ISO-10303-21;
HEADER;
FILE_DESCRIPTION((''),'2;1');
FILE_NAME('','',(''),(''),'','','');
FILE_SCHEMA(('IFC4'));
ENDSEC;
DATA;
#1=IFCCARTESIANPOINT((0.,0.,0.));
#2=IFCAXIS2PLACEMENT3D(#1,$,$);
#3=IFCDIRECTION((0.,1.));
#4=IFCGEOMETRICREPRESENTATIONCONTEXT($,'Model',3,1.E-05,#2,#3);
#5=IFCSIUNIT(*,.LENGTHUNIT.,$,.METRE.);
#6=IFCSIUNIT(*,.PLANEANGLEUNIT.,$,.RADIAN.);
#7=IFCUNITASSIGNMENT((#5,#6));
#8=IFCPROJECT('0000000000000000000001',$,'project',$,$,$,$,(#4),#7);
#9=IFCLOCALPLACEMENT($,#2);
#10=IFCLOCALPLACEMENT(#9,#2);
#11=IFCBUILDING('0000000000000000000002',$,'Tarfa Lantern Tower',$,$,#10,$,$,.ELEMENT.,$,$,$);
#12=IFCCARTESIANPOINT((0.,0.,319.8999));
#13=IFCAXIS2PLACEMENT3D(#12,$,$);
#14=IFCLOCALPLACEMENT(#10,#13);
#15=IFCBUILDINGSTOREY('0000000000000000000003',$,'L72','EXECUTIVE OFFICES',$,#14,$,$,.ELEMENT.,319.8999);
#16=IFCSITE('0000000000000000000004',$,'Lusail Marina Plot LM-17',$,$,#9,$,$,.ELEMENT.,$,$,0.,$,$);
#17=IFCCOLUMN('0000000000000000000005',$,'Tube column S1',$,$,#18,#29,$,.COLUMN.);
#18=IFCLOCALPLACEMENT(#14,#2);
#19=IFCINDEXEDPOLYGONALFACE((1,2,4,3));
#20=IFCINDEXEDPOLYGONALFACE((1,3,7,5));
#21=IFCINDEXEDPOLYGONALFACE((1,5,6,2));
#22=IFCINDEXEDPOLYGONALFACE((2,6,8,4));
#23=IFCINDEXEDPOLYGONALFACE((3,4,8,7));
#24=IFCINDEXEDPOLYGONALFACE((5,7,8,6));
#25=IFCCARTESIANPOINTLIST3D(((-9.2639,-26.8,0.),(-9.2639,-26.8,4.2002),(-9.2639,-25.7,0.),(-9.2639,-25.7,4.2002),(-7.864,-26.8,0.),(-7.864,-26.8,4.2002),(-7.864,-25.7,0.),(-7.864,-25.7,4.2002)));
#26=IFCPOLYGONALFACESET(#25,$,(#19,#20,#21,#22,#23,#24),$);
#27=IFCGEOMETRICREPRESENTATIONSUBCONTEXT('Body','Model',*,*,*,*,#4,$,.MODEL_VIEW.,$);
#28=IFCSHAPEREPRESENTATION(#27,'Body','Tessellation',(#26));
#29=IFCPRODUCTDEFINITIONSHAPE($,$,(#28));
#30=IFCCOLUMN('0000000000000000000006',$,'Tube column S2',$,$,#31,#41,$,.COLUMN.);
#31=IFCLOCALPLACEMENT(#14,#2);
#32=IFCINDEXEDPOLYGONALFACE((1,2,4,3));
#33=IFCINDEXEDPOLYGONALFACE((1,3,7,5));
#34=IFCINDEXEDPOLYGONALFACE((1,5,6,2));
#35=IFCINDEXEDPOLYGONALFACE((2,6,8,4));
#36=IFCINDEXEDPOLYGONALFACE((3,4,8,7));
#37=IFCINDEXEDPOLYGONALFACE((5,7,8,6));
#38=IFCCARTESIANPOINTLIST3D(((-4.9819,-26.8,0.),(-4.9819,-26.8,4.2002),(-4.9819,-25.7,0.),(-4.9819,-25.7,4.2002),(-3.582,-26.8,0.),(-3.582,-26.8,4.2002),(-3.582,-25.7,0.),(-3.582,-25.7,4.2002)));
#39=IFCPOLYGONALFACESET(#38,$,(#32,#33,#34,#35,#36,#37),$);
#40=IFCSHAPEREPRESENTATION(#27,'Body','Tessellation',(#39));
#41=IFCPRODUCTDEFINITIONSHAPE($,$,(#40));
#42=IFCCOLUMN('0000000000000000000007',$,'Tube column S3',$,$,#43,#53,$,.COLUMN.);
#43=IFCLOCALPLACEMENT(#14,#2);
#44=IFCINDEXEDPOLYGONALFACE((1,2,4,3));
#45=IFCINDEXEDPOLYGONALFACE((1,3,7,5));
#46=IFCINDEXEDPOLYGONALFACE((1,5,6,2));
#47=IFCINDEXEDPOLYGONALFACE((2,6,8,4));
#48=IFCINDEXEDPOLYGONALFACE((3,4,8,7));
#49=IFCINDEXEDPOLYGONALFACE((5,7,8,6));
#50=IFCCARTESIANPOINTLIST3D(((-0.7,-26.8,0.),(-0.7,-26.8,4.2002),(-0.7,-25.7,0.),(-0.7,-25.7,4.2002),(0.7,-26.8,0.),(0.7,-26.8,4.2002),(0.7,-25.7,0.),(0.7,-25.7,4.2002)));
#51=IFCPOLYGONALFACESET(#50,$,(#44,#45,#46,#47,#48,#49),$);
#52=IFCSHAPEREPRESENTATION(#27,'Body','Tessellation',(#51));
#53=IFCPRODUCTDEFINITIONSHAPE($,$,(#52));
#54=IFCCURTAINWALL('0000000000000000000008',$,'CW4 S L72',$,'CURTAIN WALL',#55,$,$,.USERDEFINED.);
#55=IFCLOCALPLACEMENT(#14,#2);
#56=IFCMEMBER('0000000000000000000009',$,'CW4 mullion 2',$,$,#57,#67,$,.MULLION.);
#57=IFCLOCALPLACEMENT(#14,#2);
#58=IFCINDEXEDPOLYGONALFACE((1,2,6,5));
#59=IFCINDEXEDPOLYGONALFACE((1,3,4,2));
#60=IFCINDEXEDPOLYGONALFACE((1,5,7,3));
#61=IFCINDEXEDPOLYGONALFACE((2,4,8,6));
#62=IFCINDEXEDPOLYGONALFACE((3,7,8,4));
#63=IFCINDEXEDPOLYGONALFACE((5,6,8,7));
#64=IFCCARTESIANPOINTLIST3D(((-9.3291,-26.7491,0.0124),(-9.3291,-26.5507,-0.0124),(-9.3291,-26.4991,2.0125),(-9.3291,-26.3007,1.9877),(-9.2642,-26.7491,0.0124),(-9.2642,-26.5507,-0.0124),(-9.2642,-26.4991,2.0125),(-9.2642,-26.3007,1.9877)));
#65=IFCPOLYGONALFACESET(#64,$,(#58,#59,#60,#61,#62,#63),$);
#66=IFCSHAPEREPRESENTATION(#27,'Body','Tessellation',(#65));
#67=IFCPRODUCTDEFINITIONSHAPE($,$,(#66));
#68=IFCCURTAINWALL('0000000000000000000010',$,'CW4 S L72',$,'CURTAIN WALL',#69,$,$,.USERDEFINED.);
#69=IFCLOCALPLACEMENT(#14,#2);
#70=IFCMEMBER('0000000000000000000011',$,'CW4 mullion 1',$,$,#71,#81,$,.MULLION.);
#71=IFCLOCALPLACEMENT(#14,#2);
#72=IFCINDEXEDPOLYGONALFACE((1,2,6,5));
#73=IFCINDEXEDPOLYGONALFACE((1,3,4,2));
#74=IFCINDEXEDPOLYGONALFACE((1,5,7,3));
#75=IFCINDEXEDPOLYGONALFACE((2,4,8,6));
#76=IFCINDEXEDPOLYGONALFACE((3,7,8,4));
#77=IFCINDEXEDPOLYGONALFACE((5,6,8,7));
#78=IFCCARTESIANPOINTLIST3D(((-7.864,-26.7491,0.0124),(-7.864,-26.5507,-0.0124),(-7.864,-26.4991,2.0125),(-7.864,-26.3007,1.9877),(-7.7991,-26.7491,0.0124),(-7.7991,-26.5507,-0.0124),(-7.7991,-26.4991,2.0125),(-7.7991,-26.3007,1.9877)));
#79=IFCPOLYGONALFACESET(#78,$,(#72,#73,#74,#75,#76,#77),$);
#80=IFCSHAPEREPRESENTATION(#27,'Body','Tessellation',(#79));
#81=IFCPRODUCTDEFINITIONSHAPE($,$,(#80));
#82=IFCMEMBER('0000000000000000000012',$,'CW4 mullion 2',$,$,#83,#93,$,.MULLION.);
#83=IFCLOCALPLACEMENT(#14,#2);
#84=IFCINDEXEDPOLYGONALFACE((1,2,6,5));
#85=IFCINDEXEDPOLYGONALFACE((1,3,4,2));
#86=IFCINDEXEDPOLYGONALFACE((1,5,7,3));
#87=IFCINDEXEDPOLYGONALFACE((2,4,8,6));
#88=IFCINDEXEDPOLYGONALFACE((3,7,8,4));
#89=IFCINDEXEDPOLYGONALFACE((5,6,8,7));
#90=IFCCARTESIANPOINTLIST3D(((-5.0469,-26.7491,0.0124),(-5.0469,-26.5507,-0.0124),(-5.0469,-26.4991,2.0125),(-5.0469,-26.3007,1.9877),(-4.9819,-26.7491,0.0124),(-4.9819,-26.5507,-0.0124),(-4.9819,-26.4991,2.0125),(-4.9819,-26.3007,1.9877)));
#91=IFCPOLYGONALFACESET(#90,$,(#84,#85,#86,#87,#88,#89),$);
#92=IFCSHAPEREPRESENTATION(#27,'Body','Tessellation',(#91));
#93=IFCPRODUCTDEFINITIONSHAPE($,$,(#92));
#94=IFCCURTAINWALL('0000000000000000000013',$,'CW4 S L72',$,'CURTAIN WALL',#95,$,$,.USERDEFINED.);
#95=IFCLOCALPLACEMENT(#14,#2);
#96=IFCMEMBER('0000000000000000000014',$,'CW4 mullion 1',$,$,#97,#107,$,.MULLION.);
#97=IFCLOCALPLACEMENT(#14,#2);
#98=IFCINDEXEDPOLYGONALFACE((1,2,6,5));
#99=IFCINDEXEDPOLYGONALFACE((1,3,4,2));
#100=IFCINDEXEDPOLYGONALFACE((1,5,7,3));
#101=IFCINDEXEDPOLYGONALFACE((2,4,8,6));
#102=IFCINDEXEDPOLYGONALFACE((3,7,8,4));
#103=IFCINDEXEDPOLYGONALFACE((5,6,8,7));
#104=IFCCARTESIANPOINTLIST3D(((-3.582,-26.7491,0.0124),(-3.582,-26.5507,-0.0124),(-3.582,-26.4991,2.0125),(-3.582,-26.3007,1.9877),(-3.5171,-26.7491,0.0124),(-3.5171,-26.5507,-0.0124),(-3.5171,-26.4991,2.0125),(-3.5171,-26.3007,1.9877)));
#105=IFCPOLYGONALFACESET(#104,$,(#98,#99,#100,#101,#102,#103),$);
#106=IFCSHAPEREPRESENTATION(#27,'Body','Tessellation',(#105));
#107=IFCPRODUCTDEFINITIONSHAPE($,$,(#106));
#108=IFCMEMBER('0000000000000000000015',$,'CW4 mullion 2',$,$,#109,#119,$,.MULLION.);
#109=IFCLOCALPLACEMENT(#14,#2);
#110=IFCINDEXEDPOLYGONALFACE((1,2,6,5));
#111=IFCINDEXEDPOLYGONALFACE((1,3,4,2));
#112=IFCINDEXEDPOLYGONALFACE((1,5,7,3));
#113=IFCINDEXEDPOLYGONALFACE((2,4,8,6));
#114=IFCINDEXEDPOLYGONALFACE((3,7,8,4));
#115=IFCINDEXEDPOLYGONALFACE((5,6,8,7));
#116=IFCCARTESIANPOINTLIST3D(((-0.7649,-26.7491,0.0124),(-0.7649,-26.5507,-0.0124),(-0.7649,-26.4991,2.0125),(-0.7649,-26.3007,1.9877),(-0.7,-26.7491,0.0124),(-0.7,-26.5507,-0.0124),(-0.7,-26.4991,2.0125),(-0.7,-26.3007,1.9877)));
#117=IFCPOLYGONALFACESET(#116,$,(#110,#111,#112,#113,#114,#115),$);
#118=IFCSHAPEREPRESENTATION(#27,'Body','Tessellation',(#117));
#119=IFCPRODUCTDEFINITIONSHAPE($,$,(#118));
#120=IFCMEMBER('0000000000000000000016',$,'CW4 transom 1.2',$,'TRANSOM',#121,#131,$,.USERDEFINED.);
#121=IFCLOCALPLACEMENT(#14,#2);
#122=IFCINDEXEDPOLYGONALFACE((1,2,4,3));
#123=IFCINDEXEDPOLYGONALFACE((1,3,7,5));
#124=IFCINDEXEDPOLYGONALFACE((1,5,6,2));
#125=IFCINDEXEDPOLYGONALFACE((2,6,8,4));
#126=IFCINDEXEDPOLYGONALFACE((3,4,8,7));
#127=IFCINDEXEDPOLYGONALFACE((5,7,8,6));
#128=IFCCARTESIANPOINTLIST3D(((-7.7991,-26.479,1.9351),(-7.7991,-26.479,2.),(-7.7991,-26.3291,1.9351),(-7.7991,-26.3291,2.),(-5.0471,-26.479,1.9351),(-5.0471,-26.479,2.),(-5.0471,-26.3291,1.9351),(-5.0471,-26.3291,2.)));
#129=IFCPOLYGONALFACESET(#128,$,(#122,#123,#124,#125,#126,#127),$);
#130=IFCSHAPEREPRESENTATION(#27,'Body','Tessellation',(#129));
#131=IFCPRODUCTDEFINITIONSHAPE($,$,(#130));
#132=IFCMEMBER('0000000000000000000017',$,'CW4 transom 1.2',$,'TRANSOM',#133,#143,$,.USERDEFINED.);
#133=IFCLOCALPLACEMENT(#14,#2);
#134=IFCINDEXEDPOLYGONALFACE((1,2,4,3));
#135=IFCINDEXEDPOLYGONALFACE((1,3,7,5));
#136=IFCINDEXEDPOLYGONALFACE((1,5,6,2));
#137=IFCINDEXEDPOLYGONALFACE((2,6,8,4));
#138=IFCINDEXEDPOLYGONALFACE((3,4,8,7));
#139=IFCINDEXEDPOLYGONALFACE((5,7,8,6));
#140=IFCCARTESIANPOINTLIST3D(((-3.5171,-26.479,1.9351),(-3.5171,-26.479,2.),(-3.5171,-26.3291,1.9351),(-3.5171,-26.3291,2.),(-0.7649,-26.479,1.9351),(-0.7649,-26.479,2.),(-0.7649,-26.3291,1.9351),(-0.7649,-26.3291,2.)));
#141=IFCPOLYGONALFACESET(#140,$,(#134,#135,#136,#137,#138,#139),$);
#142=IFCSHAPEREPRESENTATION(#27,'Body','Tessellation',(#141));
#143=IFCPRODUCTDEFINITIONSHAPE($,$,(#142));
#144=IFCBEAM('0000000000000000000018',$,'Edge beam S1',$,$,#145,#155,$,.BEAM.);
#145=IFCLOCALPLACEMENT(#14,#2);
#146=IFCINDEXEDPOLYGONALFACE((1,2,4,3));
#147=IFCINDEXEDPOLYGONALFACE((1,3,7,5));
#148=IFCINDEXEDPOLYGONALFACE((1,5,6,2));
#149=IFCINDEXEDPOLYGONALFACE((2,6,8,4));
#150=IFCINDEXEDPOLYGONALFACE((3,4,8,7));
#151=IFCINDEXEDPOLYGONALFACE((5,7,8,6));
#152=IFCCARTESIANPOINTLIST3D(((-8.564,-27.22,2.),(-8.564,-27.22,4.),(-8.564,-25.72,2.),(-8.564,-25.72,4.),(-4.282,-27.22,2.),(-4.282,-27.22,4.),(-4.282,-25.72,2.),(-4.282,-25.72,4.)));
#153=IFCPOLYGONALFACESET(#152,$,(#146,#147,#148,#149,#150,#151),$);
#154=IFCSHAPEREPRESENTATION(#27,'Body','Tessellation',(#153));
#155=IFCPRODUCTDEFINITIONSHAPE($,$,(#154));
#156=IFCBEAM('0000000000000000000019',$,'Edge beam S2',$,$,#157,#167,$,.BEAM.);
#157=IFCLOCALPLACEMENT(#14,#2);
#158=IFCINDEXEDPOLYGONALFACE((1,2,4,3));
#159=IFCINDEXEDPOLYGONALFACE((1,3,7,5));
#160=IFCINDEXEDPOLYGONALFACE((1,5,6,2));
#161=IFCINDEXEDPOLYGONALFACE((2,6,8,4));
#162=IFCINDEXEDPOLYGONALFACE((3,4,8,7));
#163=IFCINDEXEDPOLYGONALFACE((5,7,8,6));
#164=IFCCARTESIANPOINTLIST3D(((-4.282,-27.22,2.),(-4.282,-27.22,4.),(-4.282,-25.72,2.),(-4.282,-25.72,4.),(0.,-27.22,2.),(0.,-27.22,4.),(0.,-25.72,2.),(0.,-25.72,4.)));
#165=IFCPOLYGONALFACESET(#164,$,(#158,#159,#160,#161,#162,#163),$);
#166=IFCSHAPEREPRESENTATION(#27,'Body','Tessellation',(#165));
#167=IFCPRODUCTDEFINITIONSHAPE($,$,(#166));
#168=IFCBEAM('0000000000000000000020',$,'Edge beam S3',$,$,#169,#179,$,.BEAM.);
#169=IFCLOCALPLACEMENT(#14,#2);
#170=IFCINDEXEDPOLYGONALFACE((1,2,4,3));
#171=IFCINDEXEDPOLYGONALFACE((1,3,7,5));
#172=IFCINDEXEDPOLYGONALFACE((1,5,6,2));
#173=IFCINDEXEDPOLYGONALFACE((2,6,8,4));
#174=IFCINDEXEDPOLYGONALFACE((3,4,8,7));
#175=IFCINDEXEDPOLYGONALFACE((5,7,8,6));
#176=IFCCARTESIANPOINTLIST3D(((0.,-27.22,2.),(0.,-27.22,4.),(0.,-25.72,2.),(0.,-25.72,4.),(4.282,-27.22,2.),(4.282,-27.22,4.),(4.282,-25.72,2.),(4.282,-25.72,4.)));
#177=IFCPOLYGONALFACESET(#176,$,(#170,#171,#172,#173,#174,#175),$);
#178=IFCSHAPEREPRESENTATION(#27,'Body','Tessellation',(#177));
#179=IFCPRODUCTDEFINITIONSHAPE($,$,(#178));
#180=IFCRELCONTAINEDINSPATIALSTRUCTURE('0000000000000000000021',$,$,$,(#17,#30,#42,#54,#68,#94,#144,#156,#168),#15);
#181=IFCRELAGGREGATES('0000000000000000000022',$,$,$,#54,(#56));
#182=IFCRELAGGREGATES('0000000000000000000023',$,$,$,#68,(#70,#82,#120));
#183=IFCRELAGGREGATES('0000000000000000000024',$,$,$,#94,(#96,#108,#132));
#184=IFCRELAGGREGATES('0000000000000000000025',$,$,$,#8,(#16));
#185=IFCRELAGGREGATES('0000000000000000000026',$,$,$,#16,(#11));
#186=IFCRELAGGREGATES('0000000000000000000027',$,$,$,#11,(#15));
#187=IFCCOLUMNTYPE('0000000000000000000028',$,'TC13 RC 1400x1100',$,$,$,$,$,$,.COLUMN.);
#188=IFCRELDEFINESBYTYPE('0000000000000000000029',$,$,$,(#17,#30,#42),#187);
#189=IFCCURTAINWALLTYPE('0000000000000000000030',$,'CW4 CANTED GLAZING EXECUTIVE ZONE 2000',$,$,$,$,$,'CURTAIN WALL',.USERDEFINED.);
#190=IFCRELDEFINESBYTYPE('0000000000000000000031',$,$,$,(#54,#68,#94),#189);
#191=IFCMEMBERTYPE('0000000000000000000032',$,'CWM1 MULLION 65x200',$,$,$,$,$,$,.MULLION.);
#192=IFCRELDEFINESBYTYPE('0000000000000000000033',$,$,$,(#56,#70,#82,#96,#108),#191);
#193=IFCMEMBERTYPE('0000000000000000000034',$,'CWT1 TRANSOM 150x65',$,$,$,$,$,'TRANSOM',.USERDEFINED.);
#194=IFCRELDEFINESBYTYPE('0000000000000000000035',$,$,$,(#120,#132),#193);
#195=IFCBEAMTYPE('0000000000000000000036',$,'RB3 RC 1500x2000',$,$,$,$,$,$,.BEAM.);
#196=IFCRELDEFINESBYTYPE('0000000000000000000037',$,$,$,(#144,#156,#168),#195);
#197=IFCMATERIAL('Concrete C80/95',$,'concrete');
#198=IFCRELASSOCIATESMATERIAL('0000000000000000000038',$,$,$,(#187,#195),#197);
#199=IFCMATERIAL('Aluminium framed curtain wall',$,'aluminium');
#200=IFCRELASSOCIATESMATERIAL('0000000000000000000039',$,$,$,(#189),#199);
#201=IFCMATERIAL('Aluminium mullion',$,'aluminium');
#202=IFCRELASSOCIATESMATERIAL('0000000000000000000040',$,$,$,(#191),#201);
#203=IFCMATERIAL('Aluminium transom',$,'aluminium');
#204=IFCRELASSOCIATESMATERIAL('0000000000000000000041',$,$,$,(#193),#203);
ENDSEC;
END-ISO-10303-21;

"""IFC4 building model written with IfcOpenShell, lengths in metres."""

from ifc_helpers import new_model, si_unit, direction, frame, origin, origin_2d, place, context, subcontext, project, spatial, rectangle, extrude, material, material_profile, profile_set, type_object, element, aggregate, save


model = new_model("IFC4")

# Units and contexts
model_context = context("Model", 3, precision=1e-05, world=origin(), true_north=direction((0.0, 1.0)))
body_context = subcontext(model_context, "Body", "Model", "MODEL_VIEW")
ifc_project = project(units=[si_unit("LENGTHUNIT", "METRE"), si_unit("PLANEANGLEUNIT", "RADIAN")], contexts=[model_context])

# Site, building, storey
site_placement = place(None, origin())
site = spatial("IfcSite", under=ifc_project, at=site_placement, Name="Lusail Marina Plot LM-17", CompositionType="ELEMENT", RefElevation=0.0)
building_placement = place(site_placement, origin())
building = spatial("IfcBuilding", under=site, at=building_placement, Name="Tarfa Lantern Tower", CompositionType="ELEMENT")
storey_placement = place(building_placement, frame((0.0, 0.0, 319.8999)))
storey = spatial("IfcBuildingStorey", under=building, at=storey_placement, Name="L72", Description="EXECUTIVE OFFICES", CompositionType="ELEMENT", Elevation=319.8999)

# Columns
ifc_material_1 = material(Name="Concrete C80/95", Category="concrete")
ifc_material_profile_1 = material_profile(ifc_material_1, rectangle(XDim=1.3999, YDim=1.1001, at=origin_2d()), Name="RC 1400x1100")
ifc_profile_set_1 = profile_set([ifc_material_profile_1], Name="Concrete C80/95")
column_type = type_object("IfcColumnType", Name="TC13 RC 1400x1100", PredefinedType="COLUMN", material=ifc_profile_set_1)
for number, where, z_axis, x_axis, name in (
    (1, (-8.564, -26.25, 0.0), (0.0, 0.0, 1.0), (1.0, 0.0, 0.0), "Tube column S1"),
    (2, (-4.282, -26.25, 0.0), (0.0, 0.0, 1.0), (1.0, 0.0, 0.0), "Tube column S2"),
    (3, (0.0, -26.25, 0.0), (0.0, 0.0, 1.0), (1.0, 0.0, 0.0), "Tube column S3"),
):
    element("IfcColumn", number, at=place(storey_placement, frame(where, z_axis=z_axis, x_axis=x_axis)), inside=storey, type_object=column_type, Name=name, PredefinedType="COLUMN", context=body_context, shape_type="SweptSolid", body=[
        extrude(rectangle(XDim=1.3999, YDim=1.1001, at=origin_2d()), origin(), (0.0, 0.0, 1.0), 4.2002),
    ])

# Curtain wall, member
ifc_material_2 = material(Name="Aluminium framed curtain wall", Category="aluminium")
curtain_wall_type = type_object("IfcCurtainWallType", Name="CW4 CANTED GLAZING EXECUTIVE ZONE 2000", ElementType="CURTAIN WALL", PredefinedType="USERDEFINED", material=ifc_material_2)
curtain_wall_1_placement = place(storey_placement, origin())
curtain_wall_1 = element("IfcCurtainWall", 4, at=curtain_wall_1_placement, inside=storey, type_object=curtain_wall_type, Name="CW4 S L72", ObjectType="CURTAIN WALL", PredefinedType="USERDEFINED")
ifc_material_3 = material(Name="Aluminium mullion", Category="aluminium")
ifc_material_profile_2 = material_profile(ifc_material_3, rectangle(XDim=0.0649, YDim=0.2, at=origin_2d()), Name="AL MULLION 65x200")
ifc_profile_set_2 = profile_set([ifc_material_profile_2], Name="Aluminium mullion")
member_type_1 = type_object("IfcMemberType", Name="CWM1 MULLION 65x200", PredefinedType="MULLION", material=ifc_profile_set_2)
member_1_placement = place(storey_placement, frame((-9.2966, -26.6499, 0.0), z_axis=(0.0, 0.124035, 0.992278), x_axis=(-1.0, 0.0, 0.0)))
member_1 = element("IfcMember", 5, at=member_1_placement, type_object=member_type_1, Name="CW4 mullion 2", PredefinedType="MULLION", context=body_context, shape_type="SweptSolid", body=[
    extrude(rectangle(XDim=0.0649, YDim=0.2, at=origin_2d()), origin(), (0.0, 0.0, 1.0), 2.0156),
])
aggregate(curtain_wall_1, [member_1])

# Curtain walls, members
curtain_wall_2_placement = place(storey_placement, origin())
curtain_wall_2 = element("IfcCurtainWall", 6, at=curtain_wall_2_placement, inside=storey, type_object=curtain_wall_type, Name="CW4 S L72", ObjectType="CURTAIN WALL", PredefinedType="USERDEFINED")
member_2_placement = place(storey_placement, frame((-7.8315, -26.6499, 0.0), z_axis=(0.0, 0.124035, 0.992278), x_axis=(-1.0, 0.0, 0.0)))
member_2 = element("IfcMember", 7, at=member_2_placement, type_object=member_type_1, Name="CW4 mullion 1", PredefinedType="MULLION", context=body_context, shape_type="SweptSolid", body=[
    extrude(rectangle(XDim=0.0649, YDim=0.2, at=origin_2d()), origin(), (0.0, 0.0, 1.0), 2.0156),
])
member_3_placement = place(storey_placement, frame((-5.0144, -26.6499, 0.0), z_axis=(0.0, 0.124035, 0.992278), x_axis=(-1.0, 0.0, 0.0)))
member_3 = element("IfcMember", 8, at=member_3_placement, type_object=member_type_1, Name="CW4 mullion 2", PredefinedType="MULLION", context=body_context, shape_type="SweptSolid", body=[
    extrude(rectangle(XDim=0.0649, YDim=0.2, at=origin_2d()), origin(), (0.0, 0.0, 1.0), 2.0156),
])
curtain_wall_3_placement = place(storey_placement, origin())
curtain_wall_3 = element("IfcCurtainWall", 9, at=curtain_wall_3_placement, inside=storey, type_object=curtain_wall_type, Name="CW4 S L72", ObjectType="CURTAIN WALL", PredefinedType="USERDEFINED")
member_4_placement = place(storey_placement, frame((-3.5496, -26.6499, 0.0), z_axis=(0.0, 0.124035, 0.992278), x_axis=(-1.0, 0.0, 0.0)))
member_4 = element("IfcMember", 10, at=member_4_placement, type_object=member_type_1, Name="CW4 mullion 1", PredefinedType="MULLION", context=body_context, shape_type="SweptSolid", body=[
    extrude(rectangle(XDim=0.0649, YDim=0.2, at=origin_2d()), origin(), (0.0, 0.0, 1.0), 2.0156),
])
member_5_placement = place(storey_placement, frame((-0.7324, -26.6499, 0.0), z_axis=(0.0, 0.124035, 0.992278), x_axis=(-1.0, 0.0, 0.0)))
member_5 = element("IfcMember", 11, at=member_5_placement, type_object=member_type_1, Name="CW4 mullion 2", PredefinedType="MULLION", context=body_context, shape_type="SweptSolid", body=[
    extrude(rectangle(XDim=0.0649, YDim=0.2, at=origin_2d()), origin(), (0.0, 0.0, 1.0), 2.0156),
])

# Members
ifc_material_4 = material(Name="Aluminium transom", Category="aluminium")
ifc_material_profile_3 = material_profile(ifc_material_4, rectangle(XDim=0.1499, YDim=0.0649, at=origin_2d()), Name="AL TRANSOM 150x65")
ifc_profile_set_3 = profile_set([ifc_material_profile_3], Name="Aluminium transom")
member_type_2 = type_object("IfcMemberType", Name="CWT1 TRANSOM 150x65", ElementType="TRANSOM", PredefinedType="USERDEFINED", material=ifc_profile_set_3)
member_6_placement = place(storey_placement, frame((-7.7991, -26.4041, 1.9675), z_axis=(1.0, 0.0, 0.0), x_axis=(0.0, 1.0, 0.0)))
member_6 = element("IfcMember", 12, at=member_6_placement, type_object=member_type_2, Name="CW4 transom 1.2", ObjectType="TRANSOM", PredefinedType="USERDEFINED", context=body_context, shape_type="SweptSolid", body=[
    extrude(rectangle(XDim=0.1499, YDim=0.0649, at=origin_2d()), origin(), (0.0, 0.0, 1.0), 2.752),
])
member_7_placement = place(storey_placement, frame((-3.5171, -26.4041, 1.9675), z_axis=(1.0, 0.0, 0.0), x_axis=(0.0, 1.0, 0.0)))
member_7 = element("IfcMember", 13, at=member_7_placement, type_object=member_type_2, Name="CW4 transom 1.2", ObjectType="TRANSOM", PredefinedType="USERDEFINED", context=body_context, shape_type="SweptSolid", body=[
    extrude(rectangle(XDim=0.1499, YDim=0.0649, at=origin_2d()), origin(), (0.0, 0.0, 1.0), 2.7522),
])

# Beams
ifc_material_profile_4 = material_profile(ifc_material_1, rectangle(XDim=1.5, YDim=2.0, at=origin_2d()), Name="RC 1500x2000")
ifc_profile_set_4 = profile_set([ifc_material_profile_4], Name="Concrete C80/95")
beam_type_1 = type_object("IfcBeamType", Name="RB3 RC 1500x2000", PredefinedType="BEAM", material=ifc_profile_set_4)
for number, where, z_axis, x_axis, name in (
    (14, (-8.564, -26.47, 3.0), (1.0, 0.0, 0.0), (0.0, 1.0, 0.0), "Edge beam S1"),
    (15, (-4.282, -26.47, 3.0), (1.0, 0.0, 0.0), (0.0, 1.0, 0.0), "Edge beam S2"),
    (16, (0.0, -26.47, 3.0), (1.0, 0.0, 0.0), (0.0, 1.0, 0.0), "Edge beam S3"),
):
    element("IfcBeam", number, at=place(storey_placement, frame(where, z_axis=z_axis, x_axis=x_axis)), inside=storey, type_object=beam_type_1, Name=name, PredefinedType="BEAM", context=body_context, shape_type="SweptSolid", body=[
        extrude(rectangle(XDim=1.5, YDim=2.0, at=origin_2d()), origin(), (0.0, 0.0, 1.0), 4.282),
    ])

aggregate(curtain_wall_2, [member_2, member_3, member_6])
aggregate(curtain_wall_3, [member_4, member_5, member_7])

save(model, "model.ifc")
